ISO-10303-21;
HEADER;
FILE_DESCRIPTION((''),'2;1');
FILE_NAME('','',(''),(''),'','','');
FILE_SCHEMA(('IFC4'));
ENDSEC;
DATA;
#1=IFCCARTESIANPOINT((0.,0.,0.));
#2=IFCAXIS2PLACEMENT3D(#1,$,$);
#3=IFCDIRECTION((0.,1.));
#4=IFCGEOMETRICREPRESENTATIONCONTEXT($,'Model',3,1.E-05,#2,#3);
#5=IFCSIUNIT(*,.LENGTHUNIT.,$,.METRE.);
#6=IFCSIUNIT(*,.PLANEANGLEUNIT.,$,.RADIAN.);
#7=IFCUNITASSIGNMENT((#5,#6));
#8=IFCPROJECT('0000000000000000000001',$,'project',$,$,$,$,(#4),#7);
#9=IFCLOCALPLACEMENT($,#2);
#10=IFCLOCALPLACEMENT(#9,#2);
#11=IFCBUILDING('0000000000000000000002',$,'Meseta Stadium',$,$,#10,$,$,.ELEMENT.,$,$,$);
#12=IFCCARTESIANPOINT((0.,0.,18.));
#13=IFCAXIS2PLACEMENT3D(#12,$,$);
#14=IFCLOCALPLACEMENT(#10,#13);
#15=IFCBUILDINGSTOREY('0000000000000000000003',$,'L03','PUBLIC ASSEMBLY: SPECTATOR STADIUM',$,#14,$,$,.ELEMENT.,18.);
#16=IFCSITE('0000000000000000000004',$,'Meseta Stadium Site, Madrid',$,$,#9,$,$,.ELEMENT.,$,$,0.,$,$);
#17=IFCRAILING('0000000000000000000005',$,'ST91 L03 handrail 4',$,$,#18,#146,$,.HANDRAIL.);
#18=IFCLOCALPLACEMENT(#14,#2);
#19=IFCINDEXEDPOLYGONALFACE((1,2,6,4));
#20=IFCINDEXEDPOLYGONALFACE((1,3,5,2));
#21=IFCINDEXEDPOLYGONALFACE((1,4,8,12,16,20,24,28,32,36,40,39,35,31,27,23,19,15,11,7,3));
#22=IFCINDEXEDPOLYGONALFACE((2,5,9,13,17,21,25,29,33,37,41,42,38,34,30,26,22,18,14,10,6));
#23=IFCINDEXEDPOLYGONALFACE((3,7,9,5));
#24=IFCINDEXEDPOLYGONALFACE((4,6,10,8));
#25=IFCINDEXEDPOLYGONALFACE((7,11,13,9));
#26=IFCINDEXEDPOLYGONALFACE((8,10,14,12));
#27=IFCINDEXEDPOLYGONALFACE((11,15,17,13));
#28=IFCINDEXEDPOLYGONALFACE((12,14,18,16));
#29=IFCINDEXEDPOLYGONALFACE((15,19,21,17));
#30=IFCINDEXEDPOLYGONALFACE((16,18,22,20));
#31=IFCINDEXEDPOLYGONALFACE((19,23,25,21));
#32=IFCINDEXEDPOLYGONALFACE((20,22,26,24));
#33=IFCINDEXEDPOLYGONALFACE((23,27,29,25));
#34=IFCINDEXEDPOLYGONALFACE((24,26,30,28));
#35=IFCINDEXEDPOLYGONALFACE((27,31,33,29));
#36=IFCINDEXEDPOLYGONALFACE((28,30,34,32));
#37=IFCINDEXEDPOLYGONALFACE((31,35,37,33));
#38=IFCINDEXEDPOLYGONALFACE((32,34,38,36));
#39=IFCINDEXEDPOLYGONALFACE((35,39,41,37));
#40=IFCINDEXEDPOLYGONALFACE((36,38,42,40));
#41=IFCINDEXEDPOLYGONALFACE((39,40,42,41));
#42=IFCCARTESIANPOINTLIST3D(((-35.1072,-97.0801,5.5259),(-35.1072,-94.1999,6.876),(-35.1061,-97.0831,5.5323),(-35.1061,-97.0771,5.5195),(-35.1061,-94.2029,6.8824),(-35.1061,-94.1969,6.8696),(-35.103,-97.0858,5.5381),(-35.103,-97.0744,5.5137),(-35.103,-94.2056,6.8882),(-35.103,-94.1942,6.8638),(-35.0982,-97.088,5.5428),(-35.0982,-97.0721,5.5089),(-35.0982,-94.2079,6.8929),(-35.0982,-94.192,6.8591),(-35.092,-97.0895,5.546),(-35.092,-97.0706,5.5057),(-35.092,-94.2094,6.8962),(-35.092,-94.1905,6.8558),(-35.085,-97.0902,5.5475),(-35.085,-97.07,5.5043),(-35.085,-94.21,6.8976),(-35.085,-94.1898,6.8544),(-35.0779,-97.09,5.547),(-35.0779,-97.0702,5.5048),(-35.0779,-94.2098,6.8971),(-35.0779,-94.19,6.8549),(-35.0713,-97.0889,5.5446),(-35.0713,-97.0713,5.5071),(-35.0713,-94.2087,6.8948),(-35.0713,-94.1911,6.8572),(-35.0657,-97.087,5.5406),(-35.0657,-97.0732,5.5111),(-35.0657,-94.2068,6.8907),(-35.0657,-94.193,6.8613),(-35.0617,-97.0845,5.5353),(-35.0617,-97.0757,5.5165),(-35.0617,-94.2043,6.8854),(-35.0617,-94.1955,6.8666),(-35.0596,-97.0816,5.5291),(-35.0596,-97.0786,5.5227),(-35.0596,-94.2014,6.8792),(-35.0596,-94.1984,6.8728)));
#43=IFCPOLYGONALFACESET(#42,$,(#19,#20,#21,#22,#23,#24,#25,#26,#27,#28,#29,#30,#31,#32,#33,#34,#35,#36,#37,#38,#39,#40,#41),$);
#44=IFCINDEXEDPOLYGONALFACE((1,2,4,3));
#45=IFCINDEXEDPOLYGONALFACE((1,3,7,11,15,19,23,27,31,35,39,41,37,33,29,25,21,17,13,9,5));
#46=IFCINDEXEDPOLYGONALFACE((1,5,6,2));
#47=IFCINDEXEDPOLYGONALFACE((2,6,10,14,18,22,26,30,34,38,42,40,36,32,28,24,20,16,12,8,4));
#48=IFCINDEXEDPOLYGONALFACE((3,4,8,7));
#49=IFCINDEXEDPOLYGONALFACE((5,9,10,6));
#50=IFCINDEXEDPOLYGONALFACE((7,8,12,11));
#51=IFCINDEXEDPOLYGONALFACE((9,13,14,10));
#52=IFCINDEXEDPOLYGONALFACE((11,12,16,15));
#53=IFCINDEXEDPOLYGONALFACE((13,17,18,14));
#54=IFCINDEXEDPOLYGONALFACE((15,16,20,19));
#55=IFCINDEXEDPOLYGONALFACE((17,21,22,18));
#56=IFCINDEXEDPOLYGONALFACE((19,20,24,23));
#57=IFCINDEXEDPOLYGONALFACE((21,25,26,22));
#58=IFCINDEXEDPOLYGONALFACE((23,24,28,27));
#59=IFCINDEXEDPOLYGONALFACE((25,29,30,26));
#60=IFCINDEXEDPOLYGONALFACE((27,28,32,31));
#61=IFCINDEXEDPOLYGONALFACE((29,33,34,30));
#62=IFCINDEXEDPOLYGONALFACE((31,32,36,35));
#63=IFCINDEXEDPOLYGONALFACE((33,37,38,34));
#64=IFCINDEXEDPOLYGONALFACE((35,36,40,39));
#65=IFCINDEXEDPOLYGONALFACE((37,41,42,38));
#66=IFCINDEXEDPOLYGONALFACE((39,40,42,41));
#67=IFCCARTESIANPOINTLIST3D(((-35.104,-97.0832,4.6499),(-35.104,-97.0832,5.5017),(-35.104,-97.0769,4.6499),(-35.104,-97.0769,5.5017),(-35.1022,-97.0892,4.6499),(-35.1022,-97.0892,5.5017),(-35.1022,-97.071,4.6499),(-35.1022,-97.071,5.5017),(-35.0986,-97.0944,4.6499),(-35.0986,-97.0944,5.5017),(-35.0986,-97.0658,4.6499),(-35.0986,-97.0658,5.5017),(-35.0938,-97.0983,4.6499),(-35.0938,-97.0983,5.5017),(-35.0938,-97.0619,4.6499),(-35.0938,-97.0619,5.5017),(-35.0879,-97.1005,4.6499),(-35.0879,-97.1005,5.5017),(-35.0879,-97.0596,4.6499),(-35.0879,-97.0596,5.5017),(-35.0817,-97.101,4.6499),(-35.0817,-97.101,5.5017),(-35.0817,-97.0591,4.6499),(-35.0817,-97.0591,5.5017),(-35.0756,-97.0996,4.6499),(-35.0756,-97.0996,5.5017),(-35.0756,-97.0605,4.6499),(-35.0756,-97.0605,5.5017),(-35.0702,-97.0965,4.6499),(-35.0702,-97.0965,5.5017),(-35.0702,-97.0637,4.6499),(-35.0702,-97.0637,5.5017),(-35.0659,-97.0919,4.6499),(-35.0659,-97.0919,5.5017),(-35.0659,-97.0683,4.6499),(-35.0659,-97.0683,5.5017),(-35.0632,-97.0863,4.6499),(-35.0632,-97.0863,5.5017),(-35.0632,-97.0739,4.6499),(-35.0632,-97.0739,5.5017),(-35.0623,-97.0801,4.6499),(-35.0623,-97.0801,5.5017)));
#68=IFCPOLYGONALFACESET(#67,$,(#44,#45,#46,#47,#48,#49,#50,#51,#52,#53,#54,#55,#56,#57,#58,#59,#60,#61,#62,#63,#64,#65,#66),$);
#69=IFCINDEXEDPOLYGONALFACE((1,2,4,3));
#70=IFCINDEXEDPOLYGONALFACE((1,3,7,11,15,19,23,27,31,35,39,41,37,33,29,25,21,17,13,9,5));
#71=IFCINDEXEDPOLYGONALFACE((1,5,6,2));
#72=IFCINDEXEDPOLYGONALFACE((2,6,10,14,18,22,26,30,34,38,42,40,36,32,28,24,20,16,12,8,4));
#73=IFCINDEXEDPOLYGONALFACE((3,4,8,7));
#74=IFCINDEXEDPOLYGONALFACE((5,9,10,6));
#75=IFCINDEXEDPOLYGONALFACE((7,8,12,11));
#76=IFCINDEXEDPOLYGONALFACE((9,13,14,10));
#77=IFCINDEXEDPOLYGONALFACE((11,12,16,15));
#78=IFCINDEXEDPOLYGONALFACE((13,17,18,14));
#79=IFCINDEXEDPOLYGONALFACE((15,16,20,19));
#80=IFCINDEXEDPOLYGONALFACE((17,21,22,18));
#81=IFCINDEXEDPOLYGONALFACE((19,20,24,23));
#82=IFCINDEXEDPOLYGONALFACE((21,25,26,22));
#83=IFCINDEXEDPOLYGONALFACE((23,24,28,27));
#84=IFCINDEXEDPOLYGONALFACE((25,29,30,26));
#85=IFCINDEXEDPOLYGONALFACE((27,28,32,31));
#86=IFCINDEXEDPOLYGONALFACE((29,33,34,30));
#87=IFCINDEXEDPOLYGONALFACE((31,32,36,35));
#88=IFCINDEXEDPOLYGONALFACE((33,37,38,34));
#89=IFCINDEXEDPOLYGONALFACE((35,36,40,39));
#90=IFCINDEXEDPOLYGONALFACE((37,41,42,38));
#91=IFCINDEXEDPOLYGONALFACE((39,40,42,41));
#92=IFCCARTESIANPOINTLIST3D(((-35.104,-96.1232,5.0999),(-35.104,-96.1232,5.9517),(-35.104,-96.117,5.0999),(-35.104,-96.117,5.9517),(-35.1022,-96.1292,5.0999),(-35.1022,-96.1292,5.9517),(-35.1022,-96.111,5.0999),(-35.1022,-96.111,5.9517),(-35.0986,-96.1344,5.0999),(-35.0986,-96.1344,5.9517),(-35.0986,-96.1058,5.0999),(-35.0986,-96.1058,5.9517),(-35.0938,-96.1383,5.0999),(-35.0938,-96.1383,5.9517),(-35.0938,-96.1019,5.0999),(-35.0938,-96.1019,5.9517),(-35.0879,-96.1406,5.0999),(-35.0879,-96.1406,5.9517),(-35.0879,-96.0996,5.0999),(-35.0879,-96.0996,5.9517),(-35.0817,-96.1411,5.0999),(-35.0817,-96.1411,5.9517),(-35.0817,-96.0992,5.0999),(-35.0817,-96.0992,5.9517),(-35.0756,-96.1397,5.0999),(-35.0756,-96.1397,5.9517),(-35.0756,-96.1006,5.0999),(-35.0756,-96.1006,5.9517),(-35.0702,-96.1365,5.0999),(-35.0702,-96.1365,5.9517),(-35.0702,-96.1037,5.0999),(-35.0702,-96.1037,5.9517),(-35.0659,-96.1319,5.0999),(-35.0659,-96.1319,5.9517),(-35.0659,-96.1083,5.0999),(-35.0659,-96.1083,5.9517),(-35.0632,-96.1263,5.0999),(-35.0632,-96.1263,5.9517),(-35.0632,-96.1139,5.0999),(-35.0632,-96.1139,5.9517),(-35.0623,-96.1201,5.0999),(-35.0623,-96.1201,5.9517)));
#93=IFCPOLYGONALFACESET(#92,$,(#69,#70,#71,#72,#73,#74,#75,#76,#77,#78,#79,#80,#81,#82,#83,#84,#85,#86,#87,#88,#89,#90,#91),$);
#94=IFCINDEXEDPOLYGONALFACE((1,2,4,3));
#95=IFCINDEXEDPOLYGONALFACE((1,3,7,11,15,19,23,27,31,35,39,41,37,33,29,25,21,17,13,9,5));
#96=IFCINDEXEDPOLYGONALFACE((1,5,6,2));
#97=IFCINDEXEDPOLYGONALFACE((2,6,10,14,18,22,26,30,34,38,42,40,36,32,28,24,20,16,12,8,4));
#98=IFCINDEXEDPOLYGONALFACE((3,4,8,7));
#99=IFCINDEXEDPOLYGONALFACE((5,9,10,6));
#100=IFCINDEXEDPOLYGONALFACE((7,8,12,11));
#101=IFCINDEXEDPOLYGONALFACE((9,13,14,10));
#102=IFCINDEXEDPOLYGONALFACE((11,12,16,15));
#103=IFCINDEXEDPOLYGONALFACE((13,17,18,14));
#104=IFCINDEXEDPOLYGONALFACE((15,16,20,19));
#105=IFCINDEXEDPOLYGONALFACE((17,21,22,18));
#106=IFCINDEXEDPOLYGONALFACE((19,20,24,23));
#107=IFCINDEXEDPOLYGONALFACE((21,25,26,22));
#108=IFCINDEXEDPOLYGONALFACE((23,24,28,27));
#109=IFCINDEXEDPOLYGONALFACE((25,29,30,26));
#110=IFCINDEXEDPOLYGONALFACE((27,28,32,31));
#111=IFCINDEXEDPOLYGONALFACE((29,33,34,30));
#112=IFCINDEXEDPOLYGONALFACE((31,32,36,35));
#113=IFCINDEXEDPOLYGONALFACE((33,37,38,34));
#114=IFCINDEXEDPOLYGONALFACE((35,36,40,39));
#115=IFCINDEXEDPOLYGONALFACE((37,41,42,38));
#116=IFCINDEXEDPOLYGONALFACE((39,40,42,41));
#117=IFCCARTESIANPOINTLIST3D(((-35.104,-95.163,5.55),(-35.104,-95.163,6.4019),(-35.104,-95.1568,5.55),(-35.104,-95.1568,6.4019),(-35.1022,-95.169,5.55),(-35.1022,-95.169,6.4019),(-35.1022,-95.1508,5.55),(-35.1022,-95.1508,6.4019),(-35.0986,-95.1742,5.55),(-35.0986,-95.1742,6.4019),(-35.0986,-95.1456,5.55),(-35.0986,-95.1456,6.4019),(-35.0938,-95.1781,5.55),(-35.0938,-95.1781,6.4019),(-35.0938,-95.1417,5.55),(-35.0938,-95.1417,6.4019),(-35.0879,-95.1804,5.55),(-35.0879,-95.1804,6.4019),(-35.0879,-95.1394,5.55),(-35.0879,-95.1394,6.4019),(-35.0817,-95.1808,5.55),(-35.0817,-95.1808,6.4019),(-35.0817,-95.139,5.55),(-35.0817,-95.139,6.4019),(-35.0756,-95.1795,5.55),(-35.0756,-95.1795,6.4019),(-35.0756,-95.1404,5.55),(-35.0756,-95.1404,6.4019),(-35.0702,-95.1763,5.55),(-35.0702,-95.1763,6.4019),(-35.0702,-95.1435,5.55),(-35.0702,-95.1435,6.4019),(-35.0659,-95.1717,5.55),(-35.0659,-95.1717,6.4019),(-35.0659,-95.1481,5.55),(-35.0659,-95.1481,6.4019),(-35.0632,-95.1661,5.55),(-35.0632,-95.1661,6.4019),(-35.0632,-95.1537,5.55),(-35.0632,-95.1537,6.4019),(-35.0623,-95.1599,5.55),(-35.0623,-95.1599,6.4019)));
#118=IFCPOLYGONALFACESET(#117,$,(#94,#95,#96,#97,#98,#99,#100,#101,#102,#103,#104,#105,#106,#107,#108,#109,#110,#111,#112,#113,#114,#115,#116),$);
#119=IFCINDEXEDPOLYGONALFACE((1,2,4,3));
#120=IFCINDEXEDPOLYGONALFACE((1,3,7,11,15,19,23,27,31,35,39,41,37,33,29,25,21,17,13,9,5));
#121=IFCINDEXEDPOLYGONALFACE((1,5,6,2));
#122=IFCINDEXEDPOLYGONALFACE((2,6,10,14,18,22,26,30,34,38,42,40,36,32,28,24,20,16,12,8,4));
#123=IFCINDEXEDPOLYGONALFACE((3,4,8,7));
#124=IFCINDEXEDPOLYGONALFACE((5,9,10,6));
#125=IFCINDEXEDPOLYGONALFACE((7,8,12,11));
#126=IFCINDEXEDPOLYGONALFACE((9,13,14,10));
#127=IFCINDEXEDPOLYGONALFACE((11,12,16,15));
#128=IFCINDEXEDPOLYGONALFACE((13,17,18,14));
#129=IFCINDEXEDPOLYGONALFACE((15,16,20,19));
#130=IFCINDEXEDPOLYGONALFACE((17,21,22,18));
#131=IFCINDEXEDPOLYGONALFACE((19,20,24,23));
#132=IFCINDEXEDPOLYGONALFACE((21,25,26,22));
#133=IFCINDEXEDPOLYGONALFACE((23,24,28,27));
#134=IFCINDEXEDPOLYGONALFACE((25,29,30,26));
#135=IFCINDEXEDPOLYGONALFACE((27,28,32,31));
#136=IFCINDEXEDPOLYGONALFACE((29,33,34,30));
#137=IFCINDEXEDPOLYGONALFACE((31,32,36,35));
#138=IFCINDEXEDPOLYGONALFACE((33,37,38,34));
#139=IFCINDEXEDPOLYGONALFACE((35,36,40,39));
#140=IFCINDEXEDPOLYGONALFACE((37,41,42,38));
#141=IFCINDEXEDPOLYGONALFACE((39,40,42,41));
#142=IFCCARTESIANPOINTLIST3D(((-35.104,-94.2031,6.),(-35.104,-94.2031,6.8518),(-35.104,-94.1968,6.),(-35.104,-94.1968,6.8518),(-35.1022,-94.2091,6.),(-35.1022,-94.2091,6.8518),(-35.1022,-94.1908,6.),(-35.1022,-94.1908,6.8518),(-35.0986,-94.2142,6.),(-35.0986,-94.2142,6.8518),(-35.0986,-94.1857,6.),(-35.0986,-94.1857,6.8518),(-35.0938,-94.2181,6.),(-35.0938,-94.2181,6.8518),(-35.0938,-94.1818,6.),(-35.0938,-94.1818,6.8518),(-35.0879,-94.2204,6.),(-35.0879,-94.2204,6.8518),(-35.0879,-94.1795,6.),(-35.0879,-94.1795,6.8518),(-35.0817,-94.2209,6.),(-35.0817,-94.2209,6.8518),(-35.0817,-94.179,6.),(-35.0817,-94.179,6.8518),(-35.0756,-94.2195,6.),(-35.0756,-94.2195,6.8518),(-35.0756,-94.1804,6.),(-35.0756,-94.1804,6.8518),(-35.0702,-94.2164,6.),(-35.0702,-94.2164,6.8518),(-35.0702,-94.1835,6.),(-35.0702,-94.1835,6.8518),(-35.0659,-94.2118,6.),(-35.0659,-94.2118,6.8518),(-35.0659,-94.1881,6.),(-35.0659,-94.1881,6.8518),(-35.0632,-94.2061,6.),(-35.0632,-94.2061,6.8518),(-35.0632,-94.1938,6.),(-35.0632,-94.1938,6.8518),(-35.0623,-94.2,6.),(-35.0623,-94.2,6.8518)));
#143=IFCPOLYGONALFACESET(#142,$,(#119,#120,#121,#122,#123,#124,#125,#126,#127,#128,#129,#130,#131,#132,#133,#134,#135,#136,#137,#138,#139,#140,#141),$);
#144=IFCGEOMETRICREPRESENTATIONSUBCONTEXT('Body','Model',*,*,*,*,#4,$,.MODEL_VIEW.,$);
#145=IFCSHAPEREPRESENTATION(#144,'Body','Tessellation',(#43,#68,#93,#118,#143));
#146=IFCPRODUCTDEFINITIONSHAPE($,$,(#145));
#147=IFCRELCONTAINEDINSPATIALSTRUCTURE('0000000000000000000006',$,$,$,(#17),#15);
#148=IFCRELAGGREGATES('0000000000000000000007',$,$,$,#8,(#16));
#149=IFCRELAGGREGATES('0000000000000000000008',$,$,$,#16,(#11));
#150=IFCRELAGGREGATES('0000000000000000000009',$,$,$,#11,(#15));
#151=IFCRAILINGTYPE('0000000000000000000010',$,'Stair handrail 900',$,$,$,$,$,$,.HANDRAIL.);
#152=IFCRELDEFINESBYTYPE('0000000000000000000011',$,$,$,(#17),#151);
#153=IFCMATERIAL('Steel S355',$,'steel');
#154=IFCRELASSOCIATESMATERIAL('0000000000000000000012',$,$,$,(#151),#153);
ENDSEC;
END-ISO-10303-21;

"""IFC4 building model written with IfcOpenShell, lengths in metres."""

from ifc_helpers import new_model, si_unit, direction, frame, origin, origin_2d, place, context, subcontext, project, spatial, circle, extrude, material, type_object, element, save


model = new_model("IFC4")

# Units and contexts
model_context = context("Model", 3, precision=1e-05, world=origin(), true_north=direction((0.0, 1.0)))
body_context = subcontext(model_context, "Body", "Model", "MODEL_VIEW")
ifc_project = project(units=[si_unit("LENGTHUNIT", "METRE"), si_unit("PLANEANGLEUNIT", "RADIAN")], contexts=[model_context])

# Site, building, storey
site_placement = place(None, origin())
site = spatial("IfcSite", under=ifc_project, at=site_placement, Name="Meseta Stadium Site, Madrid", CompositionType="ELEMENT", RefElevation=0.0)
building_placement = place(site_placement, origin())
building = spatial("IfcBuilding", under=site, at=building_placement, Name="Meseta Stadium", CompositionType="ELEMENT")
storey_placement = place(building_placement, frame((0.0, 0.0, 18.0)))
storey = spatial("IfcBuildingStorey", under=building, at=storey_placement, Name="L03", Description="PUBLIC ASSEMBLY: SPECTATOR STADIUM", CompositionType="ELEMENT", Elevation=18.0)

# Railing
ifc_material_1 = material(Name="Steel S355", Category="steel")
railing_type_1 = type_object("IfcRailingType", Name="Stair handrail 900", PredefinedType="HANDRAIL", material=ifc_material_1)
for number, where, name in (
    (1, (-35.0833, -97.0801, 4.6499), "ST91 L03 handrail 4"),
):
    element("IfcRailing", number, at=place(storey_placement, frame(where)), inside=storey, type_object=railing_type_1, Name=name, PredefinedType="HANDRAIL", context=body_context, shape_type="SweptSolid", body=[
        extrude(circle(Radius=0.0239, at=origin_2d()), frame((0.0, 0.0, 0.876), z_axis=(0.0, 0.905454, 0.424444), x_axis=(-1.0, 0.0, 0.0)), (0.0, 0.0, 1.0), 3.1809),
        extrude(circle(Radius=0.021, at=origin_2d()), origin(), (0.0, 0.0, 1.0), 0.8518),
        extrude(circle(Radius=0.021, at=origin_2d()), frame((0.0, 0.96, 0.45)), (0.0, 0.0, 1.0), 0.8518),
        extrude(circle(Radius=0.021, at=origin_2d()), frame((0.0, 1.9202, 0.9001)), (0.0, 0.0, 1.0), 0.8518),
        extrude(circle(Radius=0.021, at=origin_2d()), frame((0.0, 2.8801, 1.3501)), (0.0, 0.0, 1.0), 0.8518),
    ])

save(model, "model.ifc")
